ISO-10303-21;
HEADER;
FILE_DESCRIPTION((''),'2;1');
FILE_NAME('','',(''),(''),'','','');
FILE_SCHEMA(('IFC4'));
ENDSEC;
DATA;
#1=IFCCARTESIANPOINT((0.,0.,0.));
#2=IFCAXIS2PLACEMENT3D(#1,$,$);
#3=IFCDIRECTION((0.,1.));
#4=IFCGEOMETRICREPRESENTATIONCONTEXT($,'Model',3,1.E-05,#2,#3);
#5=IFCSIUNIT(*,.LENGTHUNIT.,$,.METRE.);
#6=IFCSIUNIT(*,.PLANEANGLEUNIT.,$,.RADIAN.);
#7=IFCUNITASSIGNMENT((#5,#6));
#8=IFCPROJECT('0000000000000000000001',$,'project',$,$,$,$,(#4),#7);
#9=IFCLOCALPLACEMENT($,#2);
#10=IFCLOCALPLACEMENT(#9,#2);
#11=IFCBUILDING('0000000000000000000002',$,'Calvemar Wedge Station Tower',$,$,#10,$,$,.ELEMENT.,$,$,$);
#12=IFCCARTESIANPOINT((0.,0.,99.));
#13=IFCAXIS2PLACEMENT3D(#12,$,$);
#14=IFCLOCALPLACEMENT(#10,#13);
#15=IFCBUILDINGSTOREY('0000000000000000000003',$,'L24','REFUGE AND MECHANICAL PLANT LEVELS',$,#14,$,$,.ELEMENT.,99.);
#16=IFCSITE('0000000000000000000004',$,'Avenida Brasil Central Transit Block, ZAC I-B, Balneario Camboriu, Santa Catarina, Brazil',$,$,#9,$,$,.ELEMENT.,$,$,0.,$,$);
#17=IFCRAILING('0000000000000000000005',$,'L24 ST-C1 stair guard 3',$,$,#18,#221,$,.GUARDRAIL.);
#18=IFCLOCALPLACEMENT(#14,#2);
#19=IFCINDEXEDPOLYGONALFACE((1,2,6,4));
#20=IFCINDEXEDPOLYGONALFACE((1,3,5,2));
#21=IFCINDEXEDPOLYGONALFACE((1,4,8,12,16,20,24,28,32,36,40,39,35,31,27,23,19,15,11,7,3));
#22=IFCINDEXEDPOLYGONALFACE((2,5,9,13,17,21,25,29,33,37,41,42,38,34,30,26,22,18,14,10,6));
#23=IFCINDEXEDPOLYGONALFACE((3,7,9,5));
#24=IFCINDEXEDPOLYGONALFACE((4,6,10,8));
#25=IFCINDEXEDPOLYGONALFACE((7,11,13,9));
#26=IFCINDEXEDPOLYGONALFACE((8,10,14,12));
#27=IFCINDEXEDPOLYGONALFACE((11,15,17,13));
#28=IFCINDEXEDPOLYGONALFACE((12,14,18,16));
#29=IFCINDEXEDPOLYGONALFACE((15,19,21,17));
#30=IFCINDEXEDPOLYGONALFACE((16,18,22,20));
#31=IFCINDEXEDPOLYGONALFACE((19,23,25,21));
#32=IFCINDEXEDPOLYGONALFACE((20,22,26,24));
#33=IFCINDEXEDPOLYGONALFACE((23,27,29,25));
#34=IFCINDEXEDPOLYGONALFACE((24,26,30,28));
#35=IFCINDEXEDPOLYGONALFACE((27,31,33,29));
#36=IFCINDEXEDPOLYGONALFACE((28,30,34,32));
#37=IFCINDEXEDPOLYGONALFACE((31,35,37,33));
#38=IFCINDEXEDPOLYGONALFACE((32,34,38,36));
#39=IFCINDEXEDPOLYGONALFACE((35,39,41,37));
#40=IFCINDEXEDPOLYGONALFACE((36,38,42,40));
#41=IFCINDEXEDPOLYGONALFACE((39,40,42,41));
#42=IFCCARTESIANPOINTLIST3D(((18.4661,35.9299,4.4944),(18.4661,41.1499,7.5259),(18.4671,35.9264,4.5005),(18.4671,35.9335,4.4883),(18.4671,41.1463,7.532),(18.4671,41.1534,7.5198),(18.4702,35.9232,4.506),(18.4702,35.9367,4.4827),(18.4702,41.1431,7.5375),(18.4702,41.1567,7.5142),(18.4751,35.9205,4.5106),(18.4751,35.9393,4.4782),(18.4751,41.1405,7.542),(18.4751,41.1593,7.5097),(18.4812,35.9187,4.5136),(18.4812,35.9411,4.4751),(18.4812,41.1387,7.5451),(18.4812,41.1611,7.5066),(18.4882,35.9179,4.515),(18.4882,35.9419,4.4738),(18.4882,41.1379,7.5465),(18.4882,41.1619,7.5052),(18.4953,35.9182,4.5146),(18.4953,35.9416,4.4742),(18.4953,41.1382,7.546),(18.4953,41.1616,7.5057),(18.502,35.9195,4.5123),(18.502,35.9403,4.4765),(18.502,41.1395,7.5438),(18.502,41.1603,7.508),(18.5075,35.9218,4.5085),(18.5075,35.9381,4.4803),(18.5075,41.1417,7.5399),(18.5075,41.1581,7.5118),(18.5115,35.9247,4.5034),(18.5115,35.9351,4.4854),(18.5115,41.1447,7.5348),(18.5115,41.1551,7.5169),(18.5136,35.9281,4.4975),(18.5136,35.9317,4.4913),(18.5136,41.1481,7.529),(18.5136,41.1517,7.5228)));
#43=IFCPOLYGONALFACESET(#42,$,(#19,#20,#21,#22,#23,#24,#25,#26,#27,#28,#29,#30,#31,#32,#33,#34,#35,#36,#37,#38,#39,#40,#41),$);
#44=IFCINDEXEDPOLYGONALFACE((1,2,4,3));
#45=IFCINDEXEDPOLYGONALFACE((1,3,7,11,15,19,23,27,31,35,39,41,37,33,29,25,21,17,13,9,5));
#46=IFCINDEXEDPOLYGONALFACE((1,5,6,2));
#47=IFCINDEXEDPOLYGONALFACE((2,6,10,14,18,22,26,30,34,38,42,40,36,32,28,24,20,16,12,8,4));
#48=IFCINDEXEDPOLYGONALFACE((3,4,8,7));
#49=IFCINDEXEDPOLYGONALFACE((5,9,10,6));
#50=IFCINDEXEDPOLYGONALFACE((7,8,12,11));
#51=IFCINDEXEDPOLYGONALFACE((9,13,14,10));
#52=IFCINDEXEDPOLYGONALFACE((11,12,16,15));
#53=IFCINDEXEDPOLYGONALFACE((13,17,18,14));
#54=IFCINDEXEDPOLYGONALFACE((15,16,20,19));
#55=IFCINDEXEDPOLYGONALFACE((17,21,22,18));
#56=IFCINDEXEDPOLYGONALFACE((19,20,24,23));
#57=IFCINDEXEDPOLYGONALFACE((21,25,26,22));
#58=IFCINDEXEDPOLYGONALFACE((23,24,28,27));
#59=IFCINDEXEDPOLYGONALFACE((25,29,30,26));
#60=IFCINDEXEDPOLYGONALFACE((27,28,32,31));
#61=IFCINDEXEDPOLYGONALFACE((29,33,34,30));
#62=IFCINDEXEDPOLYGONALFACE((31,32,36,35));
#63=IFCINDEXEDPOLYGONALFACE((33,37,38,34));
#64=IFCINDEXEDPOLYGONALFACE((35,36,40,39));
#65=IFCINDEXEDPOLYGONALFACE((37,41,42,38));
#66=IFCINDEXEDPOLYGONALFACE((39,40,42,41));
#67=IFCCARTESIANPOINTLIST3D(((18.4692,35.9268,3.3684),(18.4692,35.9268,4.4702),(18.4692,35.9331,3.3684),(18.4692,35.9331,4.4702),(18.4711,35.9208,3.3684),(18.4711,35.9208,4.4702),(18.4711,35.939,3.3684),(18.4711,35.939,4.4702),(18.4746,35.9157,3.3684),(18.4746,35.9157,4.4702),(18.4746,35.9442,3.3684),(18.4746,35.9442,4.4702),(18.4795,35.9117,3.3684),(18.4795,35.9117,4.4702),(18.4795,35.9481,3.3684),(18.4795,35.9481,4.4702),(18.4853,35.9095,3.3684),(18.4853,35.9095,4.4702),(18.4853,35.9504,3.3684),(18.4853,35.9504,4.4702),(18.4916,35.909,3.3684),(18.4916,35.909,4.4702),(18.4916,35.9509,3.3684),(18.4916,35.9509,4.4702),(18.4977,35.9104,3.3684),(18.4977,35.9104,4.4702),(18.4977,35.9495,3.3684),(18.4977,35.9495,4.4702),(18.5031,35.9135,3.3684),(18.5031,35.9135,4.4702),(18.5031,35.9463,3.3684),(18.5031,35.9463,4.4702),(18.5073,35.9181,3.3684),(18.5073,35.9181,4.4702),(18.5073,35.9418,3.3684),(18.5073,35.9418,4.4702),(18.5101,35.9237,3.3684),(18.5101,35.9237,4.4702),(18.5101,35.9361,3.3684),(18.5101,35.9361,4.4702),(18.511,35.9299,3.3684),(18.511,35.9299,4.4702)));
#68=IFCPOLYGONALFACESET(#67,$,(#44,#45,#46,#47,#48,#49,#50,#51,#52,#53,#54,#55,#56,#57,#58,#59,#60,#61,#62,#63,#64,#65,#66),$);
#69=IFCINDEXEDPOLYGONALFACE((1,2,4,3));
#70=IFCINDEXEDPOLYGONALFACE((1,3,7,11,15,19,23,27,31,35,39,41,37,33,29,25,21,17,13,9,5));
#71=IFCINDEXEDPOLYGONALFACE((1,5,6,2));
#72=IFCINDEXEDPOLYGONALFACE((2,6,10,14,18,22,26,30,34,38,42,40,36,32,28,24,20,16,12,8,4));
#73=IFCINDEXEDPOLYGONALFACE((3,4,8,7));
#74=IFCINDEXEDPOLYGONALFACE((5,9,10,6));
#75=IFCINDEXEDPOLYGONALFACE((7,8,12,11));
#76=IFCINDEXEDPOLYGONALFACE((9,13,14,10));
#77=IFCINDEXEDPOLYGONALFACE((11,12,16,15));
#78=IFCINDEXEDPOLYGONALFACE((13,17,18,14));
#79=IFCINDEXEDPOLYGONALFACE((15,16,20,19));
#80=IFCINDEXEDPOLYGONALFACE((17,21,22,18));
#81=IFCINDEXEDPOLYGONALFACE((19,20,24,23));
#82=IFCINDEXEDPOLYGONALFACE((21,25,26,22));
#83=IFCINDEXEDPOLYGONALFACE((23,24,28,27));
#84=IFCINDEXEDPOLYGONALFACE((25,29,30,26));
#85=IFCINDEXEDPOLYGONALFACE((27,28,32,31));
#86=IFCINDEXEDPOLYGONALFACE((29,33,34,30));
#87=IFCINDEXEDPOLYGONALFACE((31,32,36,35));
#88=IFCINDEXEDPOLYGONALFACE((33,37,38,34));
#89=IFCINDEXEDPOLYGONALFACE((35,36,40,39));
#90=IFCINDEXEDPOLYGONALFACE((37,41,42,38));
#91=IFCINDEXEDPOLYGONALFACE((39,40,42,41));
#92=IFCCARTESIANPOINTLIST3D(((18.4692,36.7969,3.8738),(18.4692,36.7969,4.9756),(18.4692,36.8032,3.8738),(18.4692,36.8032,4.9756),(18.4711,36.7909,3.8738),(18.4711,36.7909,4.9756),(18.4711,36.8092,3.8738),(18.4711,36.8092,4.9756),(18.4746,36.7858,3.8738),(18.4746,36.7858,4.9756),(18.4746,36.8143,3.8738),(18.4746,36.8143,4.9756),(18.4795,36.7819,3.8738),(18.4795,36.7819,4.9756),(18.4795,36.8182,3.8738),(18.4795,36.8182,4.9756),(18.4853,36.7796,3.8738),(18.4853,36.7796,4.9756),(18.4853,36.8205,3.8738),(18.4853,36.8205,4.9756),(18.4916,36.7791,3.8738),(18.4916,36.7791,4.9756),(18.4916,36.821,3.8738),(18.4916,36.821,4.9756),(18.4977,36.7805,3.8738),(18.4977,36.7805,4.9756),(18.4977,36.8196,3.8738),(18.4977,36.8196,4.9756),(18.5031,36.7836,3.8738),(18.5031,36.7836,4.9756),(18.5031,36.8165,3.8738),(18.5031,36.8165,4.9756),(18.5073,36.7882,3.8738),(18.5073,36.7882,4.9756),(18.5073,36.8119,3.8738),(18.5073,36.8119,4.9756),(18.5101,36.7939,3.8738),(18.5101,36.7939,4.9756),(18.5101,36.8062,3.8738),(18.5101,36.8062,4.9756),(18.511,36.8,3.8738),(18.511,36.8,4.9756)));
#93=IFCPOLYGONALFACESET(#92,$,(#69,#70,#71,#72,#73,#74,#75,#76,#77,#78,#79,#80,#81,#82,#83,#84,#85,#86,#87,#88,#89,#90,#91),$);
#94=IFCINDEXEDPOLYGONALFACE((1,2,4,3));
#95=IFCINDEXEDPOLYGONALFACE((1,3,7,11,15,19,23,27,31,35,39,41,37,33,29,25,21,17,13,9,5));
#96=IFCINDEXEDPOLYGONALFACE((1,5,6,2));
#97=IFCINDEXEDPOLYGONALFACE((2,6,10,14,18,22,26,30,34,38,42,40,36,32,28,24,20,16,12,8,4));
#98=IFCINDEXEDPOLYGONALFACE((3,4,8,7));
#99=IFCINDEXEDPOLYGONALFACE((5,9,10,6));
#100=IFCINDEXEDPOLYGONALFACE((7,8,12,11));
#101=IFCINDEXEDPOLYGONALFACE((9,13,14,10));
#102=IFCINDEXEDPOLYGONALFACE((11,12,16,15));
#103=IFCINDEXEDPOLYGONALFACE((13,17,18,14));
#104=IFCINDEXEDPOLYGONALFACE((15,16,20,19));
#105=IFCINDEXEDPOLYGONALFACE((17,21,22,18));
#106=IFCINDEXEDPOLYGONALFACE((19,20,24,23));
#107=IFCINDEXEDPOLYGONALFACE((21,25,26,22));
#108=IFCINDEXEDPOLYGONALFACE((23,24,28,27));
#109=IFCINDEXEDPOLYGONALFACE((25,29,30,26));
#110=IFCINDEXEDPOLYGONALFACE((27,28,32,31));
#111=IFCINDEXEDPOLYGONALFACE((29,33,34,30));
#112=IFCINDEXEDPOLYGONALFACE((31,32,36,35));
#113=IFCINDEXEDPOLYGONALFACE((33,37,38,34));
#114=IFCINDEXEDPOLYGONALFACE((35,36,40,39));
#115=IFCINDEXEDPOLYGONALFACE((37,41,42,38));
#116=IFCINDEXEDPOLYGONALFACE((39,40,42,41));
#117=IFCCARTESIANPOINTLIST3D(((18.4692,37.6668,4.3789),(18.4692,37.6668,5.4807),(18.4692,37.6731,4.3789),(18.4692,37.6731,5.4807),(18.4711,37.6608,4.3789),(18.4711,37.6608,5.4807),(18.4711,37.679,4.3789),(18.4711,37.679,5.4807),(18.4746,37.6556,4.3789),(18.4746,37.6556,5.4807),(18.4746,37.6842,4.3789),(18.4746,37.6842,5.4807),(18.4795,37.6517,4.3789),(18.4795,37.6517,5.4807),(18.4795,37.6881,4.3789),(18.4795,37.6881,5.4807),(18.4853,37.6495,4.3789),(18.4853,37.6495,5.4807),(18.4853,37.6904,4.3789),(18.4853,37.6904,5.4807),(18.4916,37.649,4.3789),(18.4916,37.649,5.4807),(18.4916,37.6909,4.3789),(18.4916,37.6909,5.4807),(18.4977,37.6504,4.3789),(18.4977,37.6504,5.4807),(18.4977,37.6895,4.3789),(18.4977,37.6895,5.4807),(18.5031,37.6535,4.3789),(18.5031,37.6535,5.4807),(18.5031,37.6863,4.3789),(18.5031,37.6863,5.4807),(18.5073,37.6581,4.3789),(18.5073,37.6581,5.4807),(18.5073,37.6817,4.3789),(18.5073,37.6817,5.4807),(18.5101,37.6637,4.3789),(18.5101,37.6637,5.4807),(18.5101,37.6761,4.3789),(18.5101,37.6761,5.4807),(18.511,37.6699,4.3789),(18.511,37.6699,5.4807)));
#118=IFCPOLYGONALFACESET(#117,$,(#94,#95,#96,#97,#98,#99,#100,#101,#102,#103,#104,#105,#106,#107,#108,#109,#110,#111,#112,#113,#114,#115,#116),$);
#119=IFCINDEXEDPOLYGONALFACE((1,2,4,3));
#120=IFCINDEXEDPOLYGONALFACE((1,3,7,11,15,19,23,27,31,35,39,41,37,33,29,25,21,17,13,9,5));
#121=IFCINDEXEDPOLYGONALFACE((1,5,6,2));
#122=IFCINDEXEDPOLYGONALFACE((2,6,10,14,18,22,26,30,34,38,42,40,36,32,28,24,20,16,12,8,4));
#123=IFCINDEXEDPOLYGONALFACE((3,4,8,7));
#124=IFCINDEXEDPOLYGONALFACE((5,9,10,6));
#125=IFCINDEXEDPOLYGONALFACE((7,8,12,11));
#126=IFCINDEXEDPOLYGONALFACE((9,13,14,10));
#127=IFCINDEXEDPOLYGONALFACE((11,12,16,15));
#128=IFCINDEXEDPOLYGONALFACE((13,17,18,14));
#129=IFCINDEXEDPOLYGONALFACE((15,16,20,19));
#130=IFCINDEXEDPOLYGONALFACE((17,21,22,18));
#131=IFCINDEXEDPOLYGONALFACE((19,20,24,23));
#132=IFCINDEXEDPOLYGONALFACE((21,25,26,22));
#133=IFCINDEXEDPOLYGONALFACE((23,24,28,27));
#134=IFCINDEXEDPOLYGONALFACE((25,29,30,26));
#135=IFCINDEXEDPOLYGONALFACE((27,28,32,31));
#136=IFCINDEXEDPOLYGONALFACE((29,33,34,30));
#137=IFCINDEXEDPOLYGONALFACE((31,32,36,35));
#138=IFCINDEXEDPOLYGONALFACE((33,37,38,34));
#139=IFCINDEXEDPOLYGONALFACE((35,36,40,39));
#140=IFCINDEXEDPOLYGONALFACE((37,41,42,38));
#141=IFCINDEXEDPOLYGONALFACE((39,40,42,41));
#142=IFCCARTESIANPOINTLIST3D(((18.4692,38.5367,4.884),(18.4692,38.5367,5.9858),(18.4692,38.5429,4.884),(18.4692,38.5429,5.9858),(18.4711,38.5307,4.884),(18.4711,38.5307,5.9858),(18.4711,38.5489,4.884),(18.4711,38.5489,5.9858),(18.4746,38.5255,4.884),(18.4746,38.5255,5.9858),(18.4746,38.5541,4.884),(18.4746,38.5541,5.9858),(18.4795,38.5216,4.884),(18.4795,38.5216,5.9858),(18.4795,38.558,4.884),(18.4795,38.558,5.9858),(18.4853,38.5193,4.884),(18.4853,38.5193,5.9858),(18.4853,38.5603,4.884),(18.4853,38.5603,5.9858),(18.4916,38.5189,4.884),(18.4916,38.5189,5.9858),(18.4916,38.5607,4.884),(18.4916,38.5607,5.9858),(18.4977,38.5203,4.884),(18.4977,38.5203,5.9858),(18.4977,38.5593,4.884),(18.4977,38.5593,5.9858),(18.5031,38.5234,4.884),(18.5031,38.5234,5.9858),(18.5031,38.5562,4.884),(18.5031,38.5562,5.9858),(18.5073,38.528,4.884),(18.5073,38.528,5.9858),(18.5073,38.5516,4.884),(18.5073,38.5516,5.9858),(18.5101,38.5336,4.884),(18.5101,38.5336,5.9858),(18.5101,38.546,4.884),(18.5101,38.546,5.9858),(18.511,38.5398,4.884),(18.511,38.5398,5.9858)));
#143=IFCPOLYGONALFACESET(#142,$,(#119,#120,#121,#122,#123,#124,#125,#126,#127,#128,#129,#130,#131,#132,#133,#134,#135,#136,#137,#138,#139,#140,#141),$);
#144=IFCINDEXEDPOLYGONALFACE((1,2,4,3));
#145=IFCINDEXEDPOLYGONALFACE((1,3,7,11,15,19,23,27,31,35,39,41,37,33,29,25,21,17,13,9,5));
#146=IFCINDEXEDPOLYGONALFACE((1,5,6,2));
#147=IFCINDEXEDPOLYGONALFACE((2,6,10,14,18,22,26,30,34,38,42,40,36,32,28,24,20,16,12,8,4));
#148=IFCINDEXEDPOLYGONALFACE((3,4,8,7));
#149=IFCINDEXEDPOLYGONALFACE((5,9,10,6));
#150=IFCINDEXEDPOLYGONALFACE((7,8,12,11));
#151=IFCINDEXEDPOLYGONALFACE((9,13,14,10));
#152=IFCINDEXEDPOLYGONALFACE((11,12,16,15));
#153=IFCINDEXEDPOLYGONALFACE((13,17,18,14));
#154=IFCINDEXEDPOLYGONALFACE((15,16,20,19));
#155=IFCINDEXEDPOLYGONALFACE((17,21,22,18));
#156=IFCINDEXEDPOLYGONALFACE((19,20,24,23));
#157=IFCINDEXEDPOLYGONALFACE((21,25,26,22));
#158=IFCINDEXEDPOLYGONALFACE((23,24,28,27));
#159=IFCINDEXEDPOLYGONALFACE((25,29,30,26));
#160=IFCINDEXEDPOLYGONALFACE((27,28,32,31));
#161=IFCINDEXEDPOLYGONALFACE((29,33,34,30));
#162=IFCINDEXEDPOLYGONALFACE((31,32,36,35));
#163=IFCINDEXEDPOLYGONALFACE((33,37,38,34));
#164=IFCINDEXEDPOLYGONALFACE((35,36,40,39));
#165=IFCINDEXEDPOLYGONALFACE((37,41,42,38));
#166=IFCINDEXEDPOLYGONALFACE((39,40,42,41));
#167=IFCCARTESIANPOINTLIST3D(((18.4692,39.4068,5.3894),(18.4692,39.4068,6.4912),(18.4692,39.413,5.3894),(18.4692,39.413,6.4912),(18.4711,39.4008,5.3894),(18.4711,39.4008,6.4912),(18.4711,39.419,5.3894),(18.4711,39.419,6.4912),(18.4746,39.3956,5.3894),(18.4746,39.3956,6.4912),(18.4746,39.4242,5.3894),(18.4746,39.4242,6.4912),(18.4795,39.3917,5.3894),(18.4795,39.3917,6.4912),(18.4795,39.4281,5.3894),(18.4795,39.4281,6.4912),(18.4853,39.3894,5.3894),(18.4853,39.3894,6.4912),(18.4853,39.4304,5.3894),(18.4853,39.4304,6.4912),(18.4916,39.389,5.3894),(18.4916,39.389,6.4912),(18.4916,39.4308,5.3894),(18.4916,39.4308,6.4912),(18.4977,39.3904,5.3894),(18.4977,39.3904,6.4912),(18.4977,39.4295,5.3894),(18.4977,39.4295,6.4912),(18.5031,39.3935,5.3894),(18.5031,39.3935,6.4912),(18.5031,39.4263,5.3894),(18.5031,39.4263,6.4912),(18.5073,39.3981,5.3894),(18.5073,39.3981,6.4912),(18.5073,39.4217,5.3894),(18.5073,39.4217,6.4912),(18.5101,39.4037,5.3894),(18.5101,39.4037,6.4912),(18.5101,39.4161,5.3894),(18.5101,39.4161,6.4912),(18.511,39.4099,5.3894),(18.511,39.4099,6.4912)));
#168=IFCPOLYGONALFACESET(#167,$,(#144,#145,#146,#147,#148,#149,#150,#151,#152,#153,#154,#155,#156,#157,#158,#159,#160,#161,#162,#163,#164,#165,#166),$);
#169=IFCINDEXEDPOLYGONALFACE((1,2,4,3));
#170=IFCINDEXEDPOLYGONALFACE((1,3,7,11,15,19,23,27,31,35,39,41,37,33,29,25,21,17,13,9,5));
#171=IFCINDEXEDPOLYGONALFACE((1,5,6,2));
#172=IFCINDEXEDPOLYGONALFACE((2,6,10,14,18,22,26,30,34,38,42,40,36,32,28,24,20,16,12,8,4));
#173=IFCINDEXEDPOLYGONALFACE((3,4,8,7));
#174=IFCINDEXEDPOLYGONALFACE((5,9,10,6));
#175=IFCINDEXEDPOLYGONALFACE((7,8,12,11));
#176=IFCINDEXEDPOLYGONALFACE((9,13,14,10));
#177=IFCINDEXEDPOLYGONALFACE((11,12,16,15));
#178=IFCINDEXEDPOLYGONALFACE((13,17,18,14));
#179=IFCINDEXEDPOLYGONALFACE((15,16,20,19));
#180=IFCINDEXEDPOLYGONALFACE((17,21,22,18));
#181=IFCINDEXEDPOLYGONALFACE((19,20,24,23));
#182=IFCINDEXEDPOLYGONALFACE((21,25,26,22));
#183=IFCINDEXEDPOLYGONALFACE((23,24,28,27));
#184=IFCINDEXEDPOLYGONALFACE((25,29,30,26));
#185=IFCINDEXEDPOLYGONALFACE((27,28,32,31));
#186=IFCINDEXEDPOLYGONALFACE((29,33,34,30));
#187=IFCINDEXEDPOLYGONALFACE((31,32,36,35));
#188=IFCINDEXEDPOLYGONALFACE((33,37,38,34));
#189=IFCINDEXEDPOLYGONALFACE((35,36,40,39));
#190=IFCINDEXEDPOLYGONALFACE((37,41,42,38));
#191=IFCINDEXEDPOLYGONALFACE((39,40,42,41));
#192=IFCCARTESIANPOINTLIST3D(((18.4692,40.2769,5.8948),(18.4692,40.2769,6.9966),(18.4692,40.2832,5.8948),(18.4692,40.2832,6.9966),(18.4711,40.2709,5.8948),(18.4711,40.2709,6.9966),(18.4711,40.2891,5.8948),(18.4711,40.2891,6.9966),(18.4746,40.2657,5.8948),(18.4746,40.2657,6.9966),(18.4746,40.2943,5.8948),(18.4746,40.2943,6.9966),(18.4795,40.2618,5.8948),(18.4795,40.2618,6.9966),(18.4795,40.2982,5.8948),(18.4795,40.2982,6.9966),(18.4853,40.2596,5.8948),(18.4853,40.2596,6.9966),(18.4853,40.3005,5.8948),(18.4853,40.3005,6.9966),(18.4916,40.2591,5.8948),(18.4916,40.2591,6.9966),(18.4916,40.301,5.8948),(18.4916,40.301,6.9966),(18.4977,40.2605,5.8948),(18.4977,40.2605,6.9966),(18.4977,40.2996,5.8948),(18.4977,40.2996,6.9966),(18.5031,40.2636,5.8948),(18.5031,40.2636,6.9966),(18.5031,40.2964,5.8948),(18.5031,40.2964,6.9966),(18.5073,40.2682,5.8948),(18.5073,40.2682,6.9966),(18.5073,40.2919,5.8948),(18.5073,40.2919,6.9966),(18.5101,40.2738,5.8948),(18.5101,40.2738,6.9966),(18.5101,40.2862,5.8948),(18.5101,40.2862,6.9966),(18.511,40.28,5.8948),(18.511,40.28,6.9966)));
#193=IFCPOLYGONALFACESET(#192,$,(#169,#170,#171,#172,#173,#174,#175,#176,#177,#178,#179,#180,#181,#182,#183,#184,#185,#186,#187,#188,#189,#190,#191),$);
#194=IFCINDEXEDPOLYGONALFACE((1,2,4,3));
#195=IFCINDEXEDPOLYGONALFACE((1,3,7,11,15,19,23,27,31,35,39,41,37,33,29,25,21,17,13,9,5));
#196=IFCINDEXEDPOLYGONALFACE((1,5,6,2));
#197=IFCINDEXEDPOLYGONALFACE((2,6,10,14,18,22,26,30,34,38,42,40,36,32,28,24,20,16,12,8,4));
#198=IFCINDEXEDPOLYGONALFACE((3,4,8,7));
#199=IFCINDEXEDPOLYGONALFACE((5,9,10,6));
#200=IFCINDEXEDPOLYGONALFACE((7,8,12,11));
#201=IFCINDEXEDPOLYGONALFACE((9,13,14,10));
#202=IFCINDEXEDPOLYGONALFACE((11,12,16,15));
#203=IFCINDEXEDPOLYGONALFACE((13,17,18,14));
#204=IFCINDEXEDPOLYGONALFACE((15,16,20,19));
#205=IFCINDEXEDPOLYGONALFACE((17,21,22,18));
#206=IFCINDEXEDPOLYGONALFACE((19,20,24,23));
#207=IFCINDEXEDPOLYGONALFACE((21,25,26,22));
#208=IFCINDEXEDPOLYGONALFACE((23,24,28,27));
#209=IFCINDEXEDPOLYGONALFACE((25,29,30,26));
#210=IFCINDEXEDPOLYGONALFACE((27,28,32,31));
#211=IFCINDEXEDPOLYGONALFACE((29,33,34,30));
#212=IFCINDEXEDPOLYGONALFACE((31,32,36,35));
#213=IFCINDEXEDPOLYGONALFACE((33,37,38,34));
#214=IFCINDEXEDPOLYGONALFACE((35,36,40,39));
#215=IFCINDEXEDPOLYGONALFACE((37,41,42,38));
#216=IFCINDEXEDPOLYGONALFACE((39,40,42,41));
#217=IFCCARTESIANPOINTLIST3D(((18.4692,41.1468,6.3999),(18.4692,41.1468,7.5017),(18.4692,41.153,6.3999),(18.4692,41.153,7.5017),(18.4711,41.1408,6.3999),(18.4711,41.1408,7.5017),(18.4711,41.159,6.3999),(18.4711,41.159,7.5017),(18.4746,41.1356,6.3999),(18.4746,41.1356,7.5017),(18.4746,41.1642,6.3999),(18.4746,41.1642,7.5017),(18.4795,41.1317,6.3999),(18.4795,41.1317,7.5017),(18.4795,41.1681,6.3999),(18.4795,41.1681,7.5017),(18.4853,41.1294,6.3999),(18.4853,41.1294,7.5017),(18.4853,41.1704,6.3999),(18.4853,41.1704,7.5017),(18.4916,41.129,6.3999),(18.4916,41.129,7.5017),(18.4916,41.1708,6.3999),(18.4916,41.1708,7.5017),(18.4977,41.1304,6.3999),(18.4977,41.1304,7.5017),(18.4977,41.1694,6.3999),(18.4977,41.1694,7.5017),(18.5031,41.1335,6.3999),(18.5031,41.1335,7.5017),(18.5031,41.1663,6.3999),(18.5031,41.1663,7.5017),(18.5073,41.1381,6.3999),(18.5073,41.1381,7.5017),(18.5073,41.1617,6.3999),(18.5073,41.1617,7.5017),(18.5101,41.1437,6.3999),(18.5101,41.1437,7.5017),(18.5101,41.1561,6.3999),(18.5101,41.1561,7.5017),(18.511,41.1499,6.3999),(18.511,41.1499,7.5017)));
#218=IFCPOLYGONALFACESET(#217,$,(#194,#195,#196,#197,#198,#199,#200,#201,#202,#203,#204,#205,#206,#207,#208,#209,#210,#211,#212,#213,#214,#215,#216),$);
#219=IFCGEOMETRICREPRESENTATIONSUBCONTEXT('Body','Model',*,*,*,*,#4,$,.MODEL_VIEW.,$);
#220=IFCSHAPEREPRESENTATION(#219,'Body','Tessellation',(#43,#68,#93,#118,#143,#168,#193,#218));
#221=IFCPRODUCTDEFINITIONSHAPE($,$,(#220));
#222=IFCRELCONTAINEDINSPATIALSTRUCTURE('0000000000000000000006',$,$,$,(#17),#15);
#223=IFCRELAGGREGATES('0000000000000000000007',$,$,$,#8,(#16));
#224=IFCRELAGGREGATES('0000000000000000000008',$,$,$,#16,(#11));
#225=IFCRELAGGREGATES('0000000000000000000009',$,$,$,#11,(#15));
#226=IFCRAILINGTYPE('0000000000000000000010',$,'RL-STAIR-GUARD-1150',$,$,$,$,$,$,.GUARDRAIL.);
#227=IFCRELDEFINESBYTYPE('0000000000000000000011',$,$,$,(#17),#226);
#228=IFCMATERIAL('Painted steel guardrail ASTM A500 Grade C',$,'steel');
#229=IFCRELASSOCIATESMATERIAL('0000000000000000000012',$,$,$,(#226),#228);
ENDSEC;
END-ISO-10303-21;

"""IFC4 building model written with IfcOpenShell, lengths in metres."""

from ifc_helpers import new_model, si_unit, direction, frame, origin, origin_2d, place, context, subcontext, project, spatial, circle, extrude, material, type_object, element, save


model = new_model("IFC4")

# Units and contexts
model_context = context("Model", 3, precision=1e-05, world=origin(), true_north=direction((0.0, 1.0)))
body_context = subcontext(model_context, "Body", "Model", "MODEL_VIEW")
ifc_project = project(units=[si_unit("LENGTHUNIT", "METRE"), si_unit("PLANEANGLEUNIT", "RADIAN")], contexts=[model_context])

# Site, building, storey
site_placement = place(None, origin())
site = spatial("IfcSite", under=ifc_project, at=site_placement, Name="Avenida Brasil Central Transit Block, ZAC I-B, Balneario Camboriu, Santa Catarina, Brazil", CompositionType="ELEMENT", RefElevation=0.0)
building_placement = place(site_placement, origin())
building = spatial("IfcBuilding", under=site, at=building_placement, Name="Calvemar Wedge Station Tower", CompositionType="ELEMENT")
storey_placement = place(building_placement, frame((0.0, 0.0, 99.0)))
storey = spatial("IfcBuildingStorey", under=building, at=storey_placement, Name="L24", Description="REFUGE AND MECHANICAL PLANT LEVELS", CompositionType="ELEMENT", Elevation=99.0)

# Railing
ifc_material_1 = material(Name="Painted steel guardrail ASTM A500 Grade C", Category="steel")
railing_type_1 = type_object("IfcRailingType", Name="RL-STAIR-GUARD-1150", PredefinedType="GUARDRAIL", material=ifc_material_1)
railing_1_placement = place(storey_placement, frame((18.49, 35.9299, 3.3684)))
element("IfcRailing", 1, at=railing_1_placement, inside=storey, type_object=railing_type_1, Name="L24 ST-C1 stair guard 3", PredefinedType="GUARDRAIL", context=body_context, shape_type="SweptSolid", body=[
    extrude(circle(Radius=0.0239, at=origin_2d()), frame((0.0, 0.0, 1.126), z_axis=(0.0, 0.86475, 0.502203), x_axis=(-1.0, 0.0, 0.0)), (0.0, 0.0, 1.0), 6.0364),
    extrude(circle(Radius=0.021, at=origin_2d()), origin(), (0.0, 0.0, 1.0), 1.1018),
    extrude(circle(Radius=0.021, at=origin_2d()), frame((0.0, 0.8701, 0.5054)), (0.0, 0.0, 1.0), 1.1018),
    extrude(circle(Radius=0.021, at=origin_2d()), frame((0.0, 1.74, 1.0105)), (0.0, 0.0, 1.0), 1.1018),
    extrude(circle(Radius=0.021, at=origin_2d()), frame((0.0, 2.6099, 1.5156)), (0.0, 0.0, 1.0), 1.1018),
    extrude(circle(Radius=0.021, at=origin_2d()), frame((0.0, 3.48, 2.021)), (0.0, 0.0, 1.0), 1.1018),
    extrude(circle(Radius=0.021, at=origin_2d()), frame((0.0, 4.3501, 2.5264)), (0.0, 0.0, 1.0), 1.1018),
    extrude(circle(Radius=0.021, at=origin_2d()), frame((0.0, 5.22, 3.0315)), (0.0, 0.0, 1.0), 1.1018),
])

save(model, "model.ifc")
